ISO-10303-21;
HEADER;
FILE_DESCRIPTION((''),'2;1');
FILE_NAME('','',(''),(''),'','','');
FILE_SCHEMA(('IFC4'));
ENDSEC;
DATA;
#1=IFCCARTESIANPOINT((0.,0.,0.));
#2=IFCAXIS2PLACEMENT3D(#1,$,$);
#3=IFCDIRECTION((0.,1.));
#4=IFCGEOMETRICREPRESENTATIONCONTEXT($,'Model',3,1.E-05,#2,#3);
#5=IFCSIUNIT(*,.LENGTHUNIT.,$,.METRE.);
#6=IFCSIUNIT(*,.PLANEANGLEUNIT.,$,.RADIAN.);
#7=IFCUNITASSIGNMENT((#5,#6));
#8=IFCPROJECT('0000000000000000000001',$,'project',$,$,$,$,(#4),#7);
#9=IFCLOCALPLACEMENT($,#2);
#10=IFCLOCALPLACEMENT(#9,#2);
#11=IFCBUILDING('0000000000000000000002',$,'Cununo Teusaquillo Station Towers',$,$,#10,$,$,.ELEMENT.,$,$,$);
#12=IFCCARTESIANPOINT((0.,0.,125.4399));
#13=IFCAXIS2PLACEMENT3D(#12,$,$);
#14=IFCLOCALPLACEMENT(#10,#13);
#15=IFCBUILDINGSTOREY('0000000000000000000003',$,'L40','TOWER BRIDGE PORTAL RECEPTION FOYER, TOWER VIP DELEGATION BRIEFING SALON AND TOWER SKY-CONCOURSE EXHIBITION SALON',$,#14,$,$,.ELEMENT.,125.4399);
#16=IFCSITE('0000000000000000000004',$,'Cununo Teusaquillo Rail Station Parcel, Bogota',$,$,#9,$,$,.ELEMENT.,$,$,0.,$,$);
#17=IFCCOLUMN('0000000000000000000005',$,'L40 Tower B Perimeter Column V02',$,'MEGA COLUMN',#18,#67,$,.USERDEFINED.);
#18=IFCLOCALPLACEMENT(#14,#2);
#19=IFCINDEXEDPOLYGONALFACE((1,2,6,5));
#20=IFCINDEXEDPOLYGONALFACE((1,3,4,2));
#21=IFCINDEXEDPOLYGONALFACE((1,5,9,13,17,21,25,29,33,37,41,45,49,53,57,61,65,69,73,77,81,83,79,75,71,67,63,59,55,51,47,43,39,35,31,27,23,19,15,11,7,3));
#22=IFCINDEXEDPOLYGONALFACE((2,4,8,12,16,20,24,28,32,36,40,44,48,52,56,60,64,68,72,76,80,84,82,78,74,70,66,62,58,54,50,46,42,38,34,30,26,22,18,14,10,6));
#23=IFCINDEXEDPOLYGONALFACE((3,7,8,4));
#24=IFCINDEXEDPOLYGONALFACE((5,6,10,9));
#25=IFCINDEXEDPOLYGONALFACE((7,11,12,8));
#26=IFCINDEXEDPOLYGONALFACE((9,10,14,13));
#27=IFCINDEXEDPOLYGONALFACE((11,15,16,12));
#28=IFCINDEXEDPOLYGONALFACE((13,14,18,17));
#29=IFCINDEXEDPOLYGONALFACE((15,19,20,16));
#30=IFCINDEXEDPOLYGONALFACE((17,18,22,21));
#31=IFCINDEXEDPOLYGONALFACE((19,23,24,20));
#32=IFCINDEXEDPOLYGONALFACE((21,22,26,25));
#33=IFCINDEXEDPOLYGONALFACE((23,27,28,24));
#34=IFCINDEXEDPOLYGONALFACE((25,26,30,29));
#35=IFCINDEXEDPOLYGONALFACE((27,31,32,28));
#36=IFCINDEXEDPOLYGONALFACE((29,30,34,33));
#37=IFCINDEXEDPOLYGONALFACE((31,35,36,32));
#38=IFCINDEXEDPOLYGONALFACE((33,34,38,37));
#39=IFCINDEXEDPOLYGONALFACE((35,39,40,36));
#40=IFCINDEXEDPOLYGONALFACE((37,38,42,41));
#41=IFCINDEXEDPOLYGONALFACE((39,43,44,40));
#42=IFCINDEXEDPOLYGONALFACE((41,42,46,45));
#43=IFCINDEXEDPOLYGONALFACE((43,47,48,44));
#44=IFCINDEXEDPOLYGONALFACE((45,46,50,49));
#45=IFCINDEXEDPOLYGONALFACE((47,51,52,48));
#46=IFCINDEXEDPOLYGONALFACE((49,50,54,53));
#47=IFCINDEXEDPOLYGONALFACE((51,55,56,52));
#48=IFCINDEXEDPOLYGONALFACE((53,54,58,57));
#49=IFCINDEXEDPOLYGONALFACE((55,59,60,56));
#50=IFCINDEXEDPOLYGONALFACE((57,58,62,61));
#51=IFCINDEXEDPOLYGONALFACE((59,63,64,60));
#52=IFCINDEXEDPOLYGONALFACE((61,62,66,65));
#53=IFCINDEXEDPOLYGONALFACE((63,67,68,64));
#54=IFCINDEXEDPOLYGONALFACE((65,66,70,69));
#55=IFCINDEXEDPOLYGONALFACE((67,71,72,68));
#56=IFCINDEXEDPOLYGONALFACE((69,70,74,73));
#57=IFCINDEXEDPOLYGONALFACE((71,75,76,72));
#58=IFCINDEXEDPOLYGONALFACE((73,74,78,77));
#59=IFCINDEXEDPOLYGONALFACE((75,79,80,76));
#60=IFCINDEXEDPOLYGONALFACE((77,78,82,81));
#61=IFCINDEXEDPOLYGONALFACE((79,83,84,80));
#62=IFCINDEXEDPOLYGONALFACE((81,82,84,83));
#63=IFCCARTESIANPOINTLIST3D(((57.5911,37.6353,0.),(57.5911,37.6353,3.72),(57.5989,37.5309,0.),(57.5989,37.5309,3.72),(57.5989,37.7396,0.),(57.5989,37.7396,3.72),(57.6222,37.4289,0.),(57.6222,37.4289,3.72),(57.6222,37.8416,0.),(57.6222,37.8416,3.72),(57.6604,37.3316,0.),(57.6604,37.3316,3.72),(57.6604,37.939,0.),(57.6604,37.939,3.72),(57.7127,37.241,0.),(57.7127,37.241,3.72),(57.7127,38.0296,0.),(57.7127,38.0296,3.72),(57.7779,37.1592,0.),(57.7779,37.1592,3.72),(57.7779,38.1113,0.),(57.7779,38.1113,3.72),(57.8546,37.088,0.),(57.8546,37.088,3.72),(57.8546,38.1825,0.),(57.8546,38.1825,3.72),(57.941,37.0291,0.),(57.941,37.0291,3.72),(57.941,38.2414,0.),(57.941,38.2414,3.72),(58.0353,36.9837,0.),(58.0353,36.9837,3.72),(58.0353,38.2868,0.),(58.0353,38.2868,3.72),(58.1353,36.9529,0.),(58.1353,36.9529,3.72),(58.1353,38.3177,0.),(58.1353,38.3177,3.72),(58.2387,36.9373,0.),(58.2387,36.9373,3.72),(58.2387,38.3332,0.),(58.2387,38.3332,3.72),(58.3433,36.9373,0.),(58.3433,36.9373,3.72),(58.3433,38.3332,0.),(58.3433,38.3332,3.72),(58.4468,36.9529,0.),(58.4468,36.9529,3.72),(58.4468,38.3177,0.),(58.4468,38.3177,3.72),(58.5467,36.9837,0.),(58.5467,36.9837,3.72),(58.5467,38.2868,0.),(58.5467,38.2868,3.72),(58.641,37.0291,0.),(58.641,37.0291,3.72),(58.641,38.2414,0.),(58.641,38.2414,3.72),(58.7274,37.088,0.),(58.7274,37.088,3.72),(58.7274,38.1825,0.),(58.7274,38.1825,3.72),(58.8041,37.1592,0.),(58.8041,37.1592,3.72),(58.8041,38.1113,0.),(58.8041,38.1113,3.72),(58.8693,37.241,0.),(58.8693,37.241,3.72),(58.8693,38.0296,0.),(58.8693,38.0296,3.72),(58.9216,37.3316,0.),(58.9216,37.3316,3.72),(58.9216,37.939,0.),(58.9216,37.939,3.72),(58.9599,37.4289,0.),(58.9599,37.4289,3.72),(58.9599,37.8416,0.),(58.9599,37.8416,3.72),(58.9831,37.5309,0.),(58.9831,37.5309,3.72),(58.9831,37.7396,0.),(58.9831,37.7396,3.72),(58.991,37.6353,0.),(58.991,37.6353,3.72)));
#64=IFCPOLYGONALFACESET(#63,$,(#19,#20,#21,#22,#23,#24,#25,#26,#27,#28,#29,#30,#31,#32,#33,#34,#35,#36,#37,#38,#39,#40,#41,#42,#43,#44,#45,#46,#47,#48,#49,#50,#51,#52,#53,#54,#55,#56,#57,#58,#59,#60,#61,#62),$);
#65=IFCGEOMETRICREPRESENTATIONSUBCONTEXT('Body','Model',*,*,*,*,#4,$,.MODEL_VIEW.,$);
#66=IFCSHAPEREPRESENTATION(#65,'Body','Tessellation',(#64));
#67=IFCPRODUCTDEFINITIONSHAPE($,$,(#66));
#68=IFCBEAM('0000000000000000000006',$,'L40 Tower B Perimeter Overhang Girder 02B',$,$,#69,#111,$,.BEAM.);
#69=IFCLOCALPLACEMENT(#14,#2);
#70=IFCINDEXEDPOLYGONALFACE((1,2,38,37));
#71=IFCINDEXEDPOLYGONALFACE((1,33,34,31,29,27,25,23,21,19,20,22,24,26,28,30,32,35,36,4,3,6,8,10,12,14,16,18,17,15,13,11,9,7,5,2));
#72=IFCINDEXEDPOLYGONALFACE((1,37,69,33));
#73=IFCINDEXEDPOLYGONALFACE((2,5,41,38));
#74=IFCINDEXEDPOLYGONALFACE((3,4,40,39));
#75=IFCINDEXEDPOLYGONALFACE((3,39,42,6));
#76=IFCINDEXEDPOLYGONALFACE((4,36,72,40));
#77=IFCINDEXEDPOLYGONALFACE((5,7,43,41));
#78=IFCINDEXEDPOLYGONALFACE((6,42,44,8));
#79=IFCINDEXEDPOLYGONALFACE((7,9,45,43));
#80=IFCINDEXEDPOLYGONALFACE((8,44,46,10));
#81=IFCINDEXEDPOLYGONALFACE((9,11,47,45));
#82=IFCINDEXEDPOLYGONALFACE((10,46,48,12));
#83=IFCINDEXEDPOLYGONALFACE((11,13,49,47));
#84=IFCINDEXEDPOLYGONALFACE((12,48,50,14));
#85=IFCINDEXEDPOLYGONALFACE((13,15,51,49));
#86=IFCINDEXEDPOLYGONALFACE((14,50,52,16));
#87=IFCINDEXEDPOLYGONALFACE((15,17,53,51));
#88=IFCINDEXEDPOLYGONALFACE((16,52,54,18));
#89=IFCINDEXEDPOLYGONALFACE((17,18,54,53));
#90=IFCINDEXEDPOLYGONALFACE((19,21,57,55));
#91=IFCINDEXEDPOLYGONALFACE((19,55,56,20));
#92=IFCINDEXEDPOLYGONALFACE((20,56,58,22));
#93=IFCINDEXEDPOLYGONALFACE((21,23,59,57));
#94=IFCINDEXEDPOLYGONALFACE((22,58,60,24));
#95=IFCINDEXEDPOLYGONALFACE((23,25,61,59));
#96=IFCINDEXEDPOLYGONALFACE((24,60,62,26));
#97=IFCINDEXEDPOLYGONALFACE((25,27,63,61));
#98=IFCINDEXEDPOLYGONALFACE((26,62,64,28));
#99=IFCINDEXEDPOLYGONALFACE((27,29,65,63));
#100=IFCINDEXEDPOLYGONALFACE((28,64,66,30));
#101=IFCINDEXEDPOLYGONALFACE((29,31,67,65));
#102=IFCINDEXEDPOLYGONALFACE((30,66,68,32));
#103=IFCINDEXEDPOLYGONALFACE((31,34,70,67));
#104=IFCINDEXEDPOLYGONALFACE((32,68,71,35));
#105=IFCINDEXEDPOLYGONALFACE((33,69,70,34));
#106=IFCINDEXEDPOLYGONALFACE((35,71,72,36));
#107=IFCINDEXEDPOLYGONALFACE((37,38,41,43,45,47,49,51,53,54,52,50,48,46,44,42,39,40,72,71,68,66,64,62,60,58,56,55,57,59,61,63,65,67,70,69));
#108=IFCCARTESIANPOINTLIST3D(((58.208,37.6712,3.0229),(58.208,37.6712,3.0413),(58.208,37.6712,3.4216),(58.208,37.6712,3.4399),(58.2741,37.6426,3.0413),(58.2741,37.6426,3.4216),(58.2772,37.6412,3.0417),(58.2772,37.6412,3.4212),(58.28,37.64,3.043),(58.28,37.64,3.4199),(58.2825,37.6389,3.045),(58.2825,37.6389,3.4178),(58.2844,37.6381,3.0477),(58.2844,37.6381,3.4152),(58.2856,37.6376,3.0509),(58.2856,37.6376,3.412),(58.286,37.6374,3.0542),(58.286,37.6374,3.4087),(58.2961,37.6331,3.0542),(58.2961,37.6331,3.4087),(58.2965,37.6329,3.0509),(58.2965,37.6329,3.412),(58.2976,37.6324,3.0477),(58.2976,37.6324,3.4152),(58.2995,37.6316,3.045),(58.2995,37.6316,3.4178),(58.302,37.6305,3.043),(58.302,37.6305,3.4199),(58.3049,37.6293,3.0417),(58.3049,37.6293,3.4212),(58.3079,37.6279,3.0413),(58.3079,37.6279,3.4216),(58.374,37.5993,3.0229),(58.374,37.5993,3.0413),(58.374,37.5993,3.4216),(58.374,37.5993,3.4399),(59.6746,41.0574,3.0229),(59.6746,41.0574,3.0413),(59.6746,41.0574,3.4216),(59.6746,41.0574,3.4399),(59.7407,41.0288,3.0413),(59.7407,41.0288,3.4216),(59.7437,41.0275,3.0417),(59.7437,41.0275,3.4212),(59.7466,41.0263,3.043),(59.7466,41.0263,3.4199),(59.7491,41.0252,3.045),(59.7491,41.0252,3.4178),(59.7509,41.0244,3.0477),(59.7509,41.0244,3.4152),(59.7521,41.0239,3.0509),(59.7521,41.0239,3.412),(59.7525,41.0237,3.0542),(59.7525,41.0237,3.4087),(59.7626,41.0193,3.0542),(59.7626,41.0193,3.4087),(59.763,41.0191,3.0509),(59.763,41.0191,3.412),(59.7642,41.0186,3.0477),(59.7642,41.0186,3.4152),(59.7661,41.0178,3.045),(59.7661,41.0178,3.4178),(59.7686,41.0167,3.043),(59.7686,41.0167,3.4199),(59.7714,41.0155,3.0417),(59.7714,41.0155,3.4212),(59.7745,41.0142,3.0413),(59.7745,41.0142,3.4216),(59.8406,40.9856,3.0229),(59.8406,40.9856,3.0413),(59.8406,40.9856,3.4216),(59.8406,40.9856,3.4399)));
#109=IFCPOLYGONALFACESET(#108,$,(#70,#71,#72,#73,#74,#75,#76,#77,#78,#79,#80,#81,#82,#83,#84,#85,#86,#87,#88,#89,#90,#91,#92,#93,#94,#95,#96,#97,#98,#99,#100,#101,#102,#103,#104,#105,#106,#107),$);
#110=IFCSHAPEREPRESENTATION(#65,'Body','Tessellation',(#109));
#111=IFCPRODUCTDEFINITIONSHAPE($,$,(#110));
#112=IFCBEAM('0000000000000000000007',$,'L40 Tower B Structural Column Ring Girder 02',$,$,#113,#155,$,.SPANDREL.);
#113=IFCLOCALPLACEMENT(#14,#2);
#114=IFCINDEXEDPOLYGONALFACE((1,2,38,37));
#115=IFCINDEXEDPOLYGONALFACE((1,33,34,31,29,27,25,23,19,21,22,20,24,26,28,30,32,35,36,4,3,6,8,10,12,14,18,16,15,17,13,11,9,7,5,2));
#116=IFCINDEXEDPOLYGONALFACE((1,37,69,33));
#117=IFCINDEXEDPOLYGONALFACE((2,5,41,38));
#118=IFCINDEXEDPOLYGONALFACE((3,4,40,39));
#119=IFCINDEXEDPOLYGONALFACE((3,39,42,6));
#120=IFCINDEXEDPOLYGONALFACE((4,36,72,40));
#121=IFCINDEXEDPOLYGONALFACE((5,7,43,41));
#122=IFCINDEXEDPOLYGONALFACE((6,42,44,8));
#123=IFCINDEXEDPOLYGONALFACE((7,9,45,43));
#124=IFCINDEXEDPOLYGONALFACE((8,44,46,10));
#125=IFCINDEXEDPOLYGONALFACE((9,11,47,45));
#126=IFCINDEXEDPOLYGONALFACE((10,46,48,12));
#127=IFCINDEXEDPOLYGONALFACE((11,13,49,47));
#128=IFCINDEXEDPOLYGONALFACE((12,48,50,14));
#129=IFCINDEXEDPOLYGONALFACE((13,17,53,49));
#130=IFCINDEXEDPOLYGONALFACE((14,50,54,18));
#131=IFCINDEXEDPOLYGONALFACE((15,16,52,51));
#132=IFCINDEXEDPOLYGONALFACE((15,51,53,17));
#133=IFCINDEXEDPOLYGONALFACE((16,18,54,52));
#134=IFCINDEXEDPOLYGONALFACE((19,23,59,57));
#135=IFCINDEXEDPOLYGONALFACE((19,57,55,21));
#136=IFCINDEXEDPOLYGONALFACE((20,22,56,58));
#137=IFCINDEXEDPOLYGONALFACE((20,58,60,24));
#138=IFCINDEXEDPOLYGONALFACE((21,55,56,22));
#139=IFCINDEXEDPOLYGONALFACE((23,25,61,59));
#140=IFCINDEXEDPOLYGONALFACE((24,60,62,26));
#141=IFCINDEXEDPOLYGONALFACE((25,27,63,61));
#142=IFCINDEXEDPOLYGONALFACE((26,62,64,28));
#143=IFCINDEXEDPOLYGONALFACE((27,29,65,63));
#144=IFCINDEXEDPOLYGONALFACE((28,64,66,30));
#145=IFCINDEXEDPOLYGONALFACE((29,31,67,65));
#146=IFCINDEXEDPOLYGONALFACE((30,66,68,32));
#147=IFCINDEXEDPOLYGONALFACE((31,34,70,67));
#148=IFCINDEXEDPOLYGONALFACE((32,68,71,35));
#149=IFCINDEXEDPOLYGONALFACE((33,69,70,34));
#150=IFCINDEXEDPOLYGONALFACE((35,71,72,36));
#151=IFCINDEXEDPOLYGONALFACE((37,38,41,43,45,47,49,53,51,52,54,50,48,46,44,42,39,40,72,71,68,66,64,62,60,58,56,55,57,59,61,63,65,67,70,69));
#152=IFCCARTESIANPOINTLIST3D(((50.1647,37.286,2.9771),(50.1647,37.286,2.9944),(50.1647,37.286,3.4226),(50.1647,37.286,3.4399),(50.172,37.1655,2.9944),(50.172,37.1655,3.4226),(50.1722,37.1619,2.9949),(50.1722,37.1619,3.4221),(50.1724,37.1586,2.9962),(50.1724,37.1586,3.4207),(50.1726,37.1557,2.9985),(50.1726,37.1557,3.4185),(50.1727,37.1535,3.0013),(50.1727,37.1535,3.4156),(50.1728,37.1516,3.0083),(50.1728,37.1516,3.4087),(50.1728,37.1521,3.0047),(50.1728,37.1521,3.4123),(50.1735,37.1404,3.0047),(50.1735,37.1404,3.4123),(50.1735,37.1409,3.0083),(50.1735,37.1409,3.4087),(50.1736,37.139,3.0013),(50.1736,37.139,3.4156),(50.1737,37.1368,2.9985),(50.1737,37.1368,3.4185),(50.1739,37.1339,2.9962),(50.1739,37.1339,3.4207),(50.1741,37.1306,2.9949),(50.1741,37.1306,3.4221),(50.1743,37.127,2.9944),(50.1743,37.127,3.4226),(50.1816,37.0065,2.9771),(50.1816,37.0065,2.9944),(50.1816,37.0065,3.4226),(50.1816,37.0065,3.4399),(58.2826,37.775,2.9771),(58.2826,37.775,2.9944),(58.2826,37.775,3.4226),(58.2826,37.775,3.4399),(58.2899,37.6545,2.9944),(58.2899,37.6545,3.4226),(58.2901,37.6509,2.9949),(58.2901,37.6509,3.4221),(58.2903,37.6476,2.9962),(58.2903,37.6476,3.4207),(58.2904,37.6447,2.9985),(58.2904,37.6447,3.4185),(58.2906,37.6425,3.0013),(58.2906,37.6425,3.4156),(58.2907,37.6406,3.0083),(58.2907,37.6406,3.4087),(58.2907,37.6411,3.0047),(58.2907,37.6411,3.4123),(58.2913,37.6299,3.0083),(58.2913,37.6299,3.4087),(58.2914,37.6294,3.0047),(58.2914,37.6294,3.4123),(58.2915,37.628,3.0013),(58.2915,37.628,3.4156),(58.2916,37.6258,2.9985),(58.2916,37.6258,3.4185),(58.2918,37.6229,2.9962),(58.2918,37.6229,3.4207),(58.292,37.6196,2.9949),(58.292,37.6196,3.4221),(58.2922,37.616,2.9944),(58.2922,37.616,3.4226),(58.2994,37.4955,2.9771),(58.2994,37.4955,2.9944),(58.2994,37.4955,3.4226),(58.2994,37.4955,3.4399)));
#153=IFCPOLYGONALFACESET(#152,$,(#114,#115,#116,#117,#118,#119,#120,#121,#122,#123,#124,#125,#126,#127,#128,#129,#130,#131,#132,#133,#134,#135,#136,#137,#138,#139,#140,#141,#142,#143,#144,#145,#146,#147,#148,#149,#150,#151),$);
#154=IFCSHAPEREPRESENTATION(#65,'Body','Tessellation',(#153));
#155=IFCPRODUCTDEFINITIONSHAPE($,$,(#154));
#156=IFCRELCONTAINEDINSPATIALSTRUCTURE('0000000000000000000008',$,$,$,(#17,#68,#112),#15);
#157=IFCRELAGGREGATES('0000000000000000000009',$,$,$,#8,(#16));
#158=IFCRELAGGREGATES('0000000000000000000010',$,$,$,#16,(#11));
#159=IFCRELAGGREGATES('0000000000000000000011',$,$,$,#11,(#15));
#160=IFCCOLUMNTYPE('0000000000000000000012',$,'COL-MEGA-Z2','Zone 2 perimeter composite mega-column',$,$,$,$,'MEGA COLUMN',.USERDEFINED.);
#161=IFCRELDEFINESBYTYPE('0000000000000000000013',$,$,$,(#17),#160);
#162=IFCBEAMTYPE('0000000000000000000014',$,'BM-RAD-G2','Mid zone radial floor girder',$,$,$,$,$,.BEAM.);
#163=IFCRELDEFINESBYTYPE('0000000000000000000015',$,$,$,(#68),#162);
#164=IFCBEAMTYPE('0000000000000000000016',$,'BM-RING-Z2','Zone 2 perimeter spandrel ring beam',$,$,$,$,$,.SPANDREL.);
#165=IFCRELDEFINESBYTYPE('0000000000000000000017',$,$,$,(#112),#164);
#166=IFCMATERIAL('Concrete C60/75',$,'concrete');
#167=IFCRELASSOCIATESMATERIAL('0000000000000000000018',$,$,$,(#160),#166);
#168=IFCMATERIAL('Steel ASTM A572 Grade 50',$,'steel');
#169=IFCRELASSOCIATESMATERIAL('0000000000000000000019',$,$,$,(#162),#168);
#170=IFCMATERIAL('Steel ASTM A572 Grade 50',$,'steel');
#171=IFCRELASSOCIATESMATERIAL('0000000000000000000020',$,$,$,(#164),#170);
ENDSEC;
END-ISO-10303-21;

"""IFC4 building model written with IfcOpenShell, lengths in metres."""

from ifc_helpers import new_model, si_unit, direction, frame, origin, origin_2d, place, context, subcontext, project, spatial, circle, i_section, extrude, material, material_profile, profile_set, type_object, element, save


model = new_model("IFC4")

# Units and contexts
model_context = context("Model", 3, precision=1e-05, world=origin(), true_north=direction((0.0, 1.0)))
body_context = subcontext(model_context, "Body", "Model", "MODEL_VIEW")
ifc_project = project(units=[si_unit("LENGTHUNIT", "METRE"), si_unit("PLANEANGLEUNIT", "RADIAN")], contexts=[model_context])

# Site, building, storey
site_placement = place(None, origin())
site = spatial("IfcSite", under=ifc_project, at=site_placement, Name="Cununo Teusaquillo Rail Station Parcel, Bogota", CompositionType="ELEMENT", RefElevation=0.0)
building_placement = place(site_placement, origin())
building = spatial("IfcBuilding", under=site, at=building_placement, Name="Cununo Teusaquillo Station Towers", CompositionType="ELEMENT")
storey_placement = place(building_placement, frame((0.0, 0.0, 125.4399)))
storey = spatial("IfcBuildingStorey", under=building, at=storey_placement, Name="L40", Description="TOWER BRIDGE PORTAL RECEPTION FOYER, TOWER VIP DELEGATION BRIEFING SALON AND TOWER SKY-CONCOURSE EXHIBITION SALON", CompositionType="ELEMENT", Elevation=125.4399)

# Column
ifc_material_1 = material(Name="Concrete C60/75", Category="concrete")
ifc_material_profile_1 = material_profile(ifc_material_1, circle(Radius=0.7, at=origin_2d()), Name="RC-CIRC-1400")
ifc_profile_set_1 = profile_set([ifc_material_profile_1], Name="Concrete C60/75")
column_type = type_object("IfcColumnType", Name="COL-MEGA-Z2", Description="Zone 2 perimeter composite mega-column", ElementType="MEGA COLUMN", PredefinedType="USERDEFINED", material=ifc_profile_set_1)
column_placement = place(storey_placement, frame((58.291, 37.6353, 0.0), z_axis=(0.0, 0.0, 1.0), x_axis=(1.0, 0.0, 0.0)))
element("IfcColumn", 1, at=column_placement, inside=storey, type_object=column_type, Name="L40 Tower B Perimeter Column V02", ObjectType="MEGA COLUMN", PredefinedType="USERDEFINED", context=body_context, shape_type="SweptSolid", body=[
    extrude(circle(Radius=0.7, at=origin_2d()), origin(), (0.0, 0.0, 1.0), 3.72),
])

# Beams
ifc_material_2 = material(Name="Steel ASTM A572 Grade 50", Category="steel")
ifc_material_profile_2 = material_profile(ifc_material_2, i_section(OverallWidth=0.1809, OverallDepth=0.417, WebThickness=0.011, FlangeThickness=0.0183, FilletRadius=0.0129, at=origin_2d()), Name="W16X57")
ifc_profile_set_2 = profile_set([ifc_material_profile_2], Name="Steel ASTM A572 Grade 50")
beam_type_1 = type_object("IfcBeamType", Name="BM-RAD-G2", Description="Mid zone radial floor girder", PredefinedType="BEAM", material=ifc_profile_set_2)
beam_1_placement = place(storey_placement, frame((58.291, 37.6353, 3.2314), z_axis=(0.397422, 0.917636, 0.0), x_axis=(-0.917636, 0.397422, 0.0)))
element("IfcBeam", 2, at=beam_1_placement, inside=storey, type_object=beam_type_1, Name="L40 Tower B Perimeter Overhang Girder 02B", PredefinedType="BEAM", context=body_context, shape_type="SweptSolid", body=[
    extrude(i_section(OverallWidth=0.1809, OverallDepth=0.417, WebThickness=0.011, FlangeThickness=0.0183, FilletRadius=0.0129, at=origin_2d()), origin(), (0.0, 0.0, 1.0), 3.6902),
])
ifc_material_3 = material(Name="Steel ASTM A572 Grade 50", Category="steel")
ifc_material_profile_3 = material_profile(ifc_material_3, i_section(OverallWidth=0.28, OverallDepth=0.4629, WebThickness=0.0107, FlangeThickness=0.0173, FilletRadius=0.0139, at=origin_2d()), Name="W18X76")
ifc_profile_set_3 = profile_set([ifc_material_profile_3], Name="Steel ASTM A572 Grade 50")
beam_type_2 = type_object("IfcBeamType", Name="BM-RING-Z2", Description="Zone 2 perimeter spandrel ring beam", PredefinedType="SPANDREL", material=ifc_profile_set_3)
beam_2_placement = place(storey_placement, frame((58.291, 37.6353, 3.2085), z_axis=(-0.998191, -0.06013, 0.0), x_axis=(0.06013, -0.998191, 0.0)))
element("IfcBeam", 3, at=beam_2_placement, inside=storey, type_object=beam_type_2, Name="L40 Tower B Structural Column Ring Girder 02", PredefinedType="SPANDREL", context=body_context, shape_type="SweptSolid", body=[
    extrude(i_section(OverallWidth=0.28, OverallDepth=0.4629, WebThickness=0.0107, FlangeThickness=0.0173, FilletRadius=0.0139, at=origin_2d()), origin(), (0.0, 0.0, 1.0), 8.1326),
])

save(model, "model.ifc")
